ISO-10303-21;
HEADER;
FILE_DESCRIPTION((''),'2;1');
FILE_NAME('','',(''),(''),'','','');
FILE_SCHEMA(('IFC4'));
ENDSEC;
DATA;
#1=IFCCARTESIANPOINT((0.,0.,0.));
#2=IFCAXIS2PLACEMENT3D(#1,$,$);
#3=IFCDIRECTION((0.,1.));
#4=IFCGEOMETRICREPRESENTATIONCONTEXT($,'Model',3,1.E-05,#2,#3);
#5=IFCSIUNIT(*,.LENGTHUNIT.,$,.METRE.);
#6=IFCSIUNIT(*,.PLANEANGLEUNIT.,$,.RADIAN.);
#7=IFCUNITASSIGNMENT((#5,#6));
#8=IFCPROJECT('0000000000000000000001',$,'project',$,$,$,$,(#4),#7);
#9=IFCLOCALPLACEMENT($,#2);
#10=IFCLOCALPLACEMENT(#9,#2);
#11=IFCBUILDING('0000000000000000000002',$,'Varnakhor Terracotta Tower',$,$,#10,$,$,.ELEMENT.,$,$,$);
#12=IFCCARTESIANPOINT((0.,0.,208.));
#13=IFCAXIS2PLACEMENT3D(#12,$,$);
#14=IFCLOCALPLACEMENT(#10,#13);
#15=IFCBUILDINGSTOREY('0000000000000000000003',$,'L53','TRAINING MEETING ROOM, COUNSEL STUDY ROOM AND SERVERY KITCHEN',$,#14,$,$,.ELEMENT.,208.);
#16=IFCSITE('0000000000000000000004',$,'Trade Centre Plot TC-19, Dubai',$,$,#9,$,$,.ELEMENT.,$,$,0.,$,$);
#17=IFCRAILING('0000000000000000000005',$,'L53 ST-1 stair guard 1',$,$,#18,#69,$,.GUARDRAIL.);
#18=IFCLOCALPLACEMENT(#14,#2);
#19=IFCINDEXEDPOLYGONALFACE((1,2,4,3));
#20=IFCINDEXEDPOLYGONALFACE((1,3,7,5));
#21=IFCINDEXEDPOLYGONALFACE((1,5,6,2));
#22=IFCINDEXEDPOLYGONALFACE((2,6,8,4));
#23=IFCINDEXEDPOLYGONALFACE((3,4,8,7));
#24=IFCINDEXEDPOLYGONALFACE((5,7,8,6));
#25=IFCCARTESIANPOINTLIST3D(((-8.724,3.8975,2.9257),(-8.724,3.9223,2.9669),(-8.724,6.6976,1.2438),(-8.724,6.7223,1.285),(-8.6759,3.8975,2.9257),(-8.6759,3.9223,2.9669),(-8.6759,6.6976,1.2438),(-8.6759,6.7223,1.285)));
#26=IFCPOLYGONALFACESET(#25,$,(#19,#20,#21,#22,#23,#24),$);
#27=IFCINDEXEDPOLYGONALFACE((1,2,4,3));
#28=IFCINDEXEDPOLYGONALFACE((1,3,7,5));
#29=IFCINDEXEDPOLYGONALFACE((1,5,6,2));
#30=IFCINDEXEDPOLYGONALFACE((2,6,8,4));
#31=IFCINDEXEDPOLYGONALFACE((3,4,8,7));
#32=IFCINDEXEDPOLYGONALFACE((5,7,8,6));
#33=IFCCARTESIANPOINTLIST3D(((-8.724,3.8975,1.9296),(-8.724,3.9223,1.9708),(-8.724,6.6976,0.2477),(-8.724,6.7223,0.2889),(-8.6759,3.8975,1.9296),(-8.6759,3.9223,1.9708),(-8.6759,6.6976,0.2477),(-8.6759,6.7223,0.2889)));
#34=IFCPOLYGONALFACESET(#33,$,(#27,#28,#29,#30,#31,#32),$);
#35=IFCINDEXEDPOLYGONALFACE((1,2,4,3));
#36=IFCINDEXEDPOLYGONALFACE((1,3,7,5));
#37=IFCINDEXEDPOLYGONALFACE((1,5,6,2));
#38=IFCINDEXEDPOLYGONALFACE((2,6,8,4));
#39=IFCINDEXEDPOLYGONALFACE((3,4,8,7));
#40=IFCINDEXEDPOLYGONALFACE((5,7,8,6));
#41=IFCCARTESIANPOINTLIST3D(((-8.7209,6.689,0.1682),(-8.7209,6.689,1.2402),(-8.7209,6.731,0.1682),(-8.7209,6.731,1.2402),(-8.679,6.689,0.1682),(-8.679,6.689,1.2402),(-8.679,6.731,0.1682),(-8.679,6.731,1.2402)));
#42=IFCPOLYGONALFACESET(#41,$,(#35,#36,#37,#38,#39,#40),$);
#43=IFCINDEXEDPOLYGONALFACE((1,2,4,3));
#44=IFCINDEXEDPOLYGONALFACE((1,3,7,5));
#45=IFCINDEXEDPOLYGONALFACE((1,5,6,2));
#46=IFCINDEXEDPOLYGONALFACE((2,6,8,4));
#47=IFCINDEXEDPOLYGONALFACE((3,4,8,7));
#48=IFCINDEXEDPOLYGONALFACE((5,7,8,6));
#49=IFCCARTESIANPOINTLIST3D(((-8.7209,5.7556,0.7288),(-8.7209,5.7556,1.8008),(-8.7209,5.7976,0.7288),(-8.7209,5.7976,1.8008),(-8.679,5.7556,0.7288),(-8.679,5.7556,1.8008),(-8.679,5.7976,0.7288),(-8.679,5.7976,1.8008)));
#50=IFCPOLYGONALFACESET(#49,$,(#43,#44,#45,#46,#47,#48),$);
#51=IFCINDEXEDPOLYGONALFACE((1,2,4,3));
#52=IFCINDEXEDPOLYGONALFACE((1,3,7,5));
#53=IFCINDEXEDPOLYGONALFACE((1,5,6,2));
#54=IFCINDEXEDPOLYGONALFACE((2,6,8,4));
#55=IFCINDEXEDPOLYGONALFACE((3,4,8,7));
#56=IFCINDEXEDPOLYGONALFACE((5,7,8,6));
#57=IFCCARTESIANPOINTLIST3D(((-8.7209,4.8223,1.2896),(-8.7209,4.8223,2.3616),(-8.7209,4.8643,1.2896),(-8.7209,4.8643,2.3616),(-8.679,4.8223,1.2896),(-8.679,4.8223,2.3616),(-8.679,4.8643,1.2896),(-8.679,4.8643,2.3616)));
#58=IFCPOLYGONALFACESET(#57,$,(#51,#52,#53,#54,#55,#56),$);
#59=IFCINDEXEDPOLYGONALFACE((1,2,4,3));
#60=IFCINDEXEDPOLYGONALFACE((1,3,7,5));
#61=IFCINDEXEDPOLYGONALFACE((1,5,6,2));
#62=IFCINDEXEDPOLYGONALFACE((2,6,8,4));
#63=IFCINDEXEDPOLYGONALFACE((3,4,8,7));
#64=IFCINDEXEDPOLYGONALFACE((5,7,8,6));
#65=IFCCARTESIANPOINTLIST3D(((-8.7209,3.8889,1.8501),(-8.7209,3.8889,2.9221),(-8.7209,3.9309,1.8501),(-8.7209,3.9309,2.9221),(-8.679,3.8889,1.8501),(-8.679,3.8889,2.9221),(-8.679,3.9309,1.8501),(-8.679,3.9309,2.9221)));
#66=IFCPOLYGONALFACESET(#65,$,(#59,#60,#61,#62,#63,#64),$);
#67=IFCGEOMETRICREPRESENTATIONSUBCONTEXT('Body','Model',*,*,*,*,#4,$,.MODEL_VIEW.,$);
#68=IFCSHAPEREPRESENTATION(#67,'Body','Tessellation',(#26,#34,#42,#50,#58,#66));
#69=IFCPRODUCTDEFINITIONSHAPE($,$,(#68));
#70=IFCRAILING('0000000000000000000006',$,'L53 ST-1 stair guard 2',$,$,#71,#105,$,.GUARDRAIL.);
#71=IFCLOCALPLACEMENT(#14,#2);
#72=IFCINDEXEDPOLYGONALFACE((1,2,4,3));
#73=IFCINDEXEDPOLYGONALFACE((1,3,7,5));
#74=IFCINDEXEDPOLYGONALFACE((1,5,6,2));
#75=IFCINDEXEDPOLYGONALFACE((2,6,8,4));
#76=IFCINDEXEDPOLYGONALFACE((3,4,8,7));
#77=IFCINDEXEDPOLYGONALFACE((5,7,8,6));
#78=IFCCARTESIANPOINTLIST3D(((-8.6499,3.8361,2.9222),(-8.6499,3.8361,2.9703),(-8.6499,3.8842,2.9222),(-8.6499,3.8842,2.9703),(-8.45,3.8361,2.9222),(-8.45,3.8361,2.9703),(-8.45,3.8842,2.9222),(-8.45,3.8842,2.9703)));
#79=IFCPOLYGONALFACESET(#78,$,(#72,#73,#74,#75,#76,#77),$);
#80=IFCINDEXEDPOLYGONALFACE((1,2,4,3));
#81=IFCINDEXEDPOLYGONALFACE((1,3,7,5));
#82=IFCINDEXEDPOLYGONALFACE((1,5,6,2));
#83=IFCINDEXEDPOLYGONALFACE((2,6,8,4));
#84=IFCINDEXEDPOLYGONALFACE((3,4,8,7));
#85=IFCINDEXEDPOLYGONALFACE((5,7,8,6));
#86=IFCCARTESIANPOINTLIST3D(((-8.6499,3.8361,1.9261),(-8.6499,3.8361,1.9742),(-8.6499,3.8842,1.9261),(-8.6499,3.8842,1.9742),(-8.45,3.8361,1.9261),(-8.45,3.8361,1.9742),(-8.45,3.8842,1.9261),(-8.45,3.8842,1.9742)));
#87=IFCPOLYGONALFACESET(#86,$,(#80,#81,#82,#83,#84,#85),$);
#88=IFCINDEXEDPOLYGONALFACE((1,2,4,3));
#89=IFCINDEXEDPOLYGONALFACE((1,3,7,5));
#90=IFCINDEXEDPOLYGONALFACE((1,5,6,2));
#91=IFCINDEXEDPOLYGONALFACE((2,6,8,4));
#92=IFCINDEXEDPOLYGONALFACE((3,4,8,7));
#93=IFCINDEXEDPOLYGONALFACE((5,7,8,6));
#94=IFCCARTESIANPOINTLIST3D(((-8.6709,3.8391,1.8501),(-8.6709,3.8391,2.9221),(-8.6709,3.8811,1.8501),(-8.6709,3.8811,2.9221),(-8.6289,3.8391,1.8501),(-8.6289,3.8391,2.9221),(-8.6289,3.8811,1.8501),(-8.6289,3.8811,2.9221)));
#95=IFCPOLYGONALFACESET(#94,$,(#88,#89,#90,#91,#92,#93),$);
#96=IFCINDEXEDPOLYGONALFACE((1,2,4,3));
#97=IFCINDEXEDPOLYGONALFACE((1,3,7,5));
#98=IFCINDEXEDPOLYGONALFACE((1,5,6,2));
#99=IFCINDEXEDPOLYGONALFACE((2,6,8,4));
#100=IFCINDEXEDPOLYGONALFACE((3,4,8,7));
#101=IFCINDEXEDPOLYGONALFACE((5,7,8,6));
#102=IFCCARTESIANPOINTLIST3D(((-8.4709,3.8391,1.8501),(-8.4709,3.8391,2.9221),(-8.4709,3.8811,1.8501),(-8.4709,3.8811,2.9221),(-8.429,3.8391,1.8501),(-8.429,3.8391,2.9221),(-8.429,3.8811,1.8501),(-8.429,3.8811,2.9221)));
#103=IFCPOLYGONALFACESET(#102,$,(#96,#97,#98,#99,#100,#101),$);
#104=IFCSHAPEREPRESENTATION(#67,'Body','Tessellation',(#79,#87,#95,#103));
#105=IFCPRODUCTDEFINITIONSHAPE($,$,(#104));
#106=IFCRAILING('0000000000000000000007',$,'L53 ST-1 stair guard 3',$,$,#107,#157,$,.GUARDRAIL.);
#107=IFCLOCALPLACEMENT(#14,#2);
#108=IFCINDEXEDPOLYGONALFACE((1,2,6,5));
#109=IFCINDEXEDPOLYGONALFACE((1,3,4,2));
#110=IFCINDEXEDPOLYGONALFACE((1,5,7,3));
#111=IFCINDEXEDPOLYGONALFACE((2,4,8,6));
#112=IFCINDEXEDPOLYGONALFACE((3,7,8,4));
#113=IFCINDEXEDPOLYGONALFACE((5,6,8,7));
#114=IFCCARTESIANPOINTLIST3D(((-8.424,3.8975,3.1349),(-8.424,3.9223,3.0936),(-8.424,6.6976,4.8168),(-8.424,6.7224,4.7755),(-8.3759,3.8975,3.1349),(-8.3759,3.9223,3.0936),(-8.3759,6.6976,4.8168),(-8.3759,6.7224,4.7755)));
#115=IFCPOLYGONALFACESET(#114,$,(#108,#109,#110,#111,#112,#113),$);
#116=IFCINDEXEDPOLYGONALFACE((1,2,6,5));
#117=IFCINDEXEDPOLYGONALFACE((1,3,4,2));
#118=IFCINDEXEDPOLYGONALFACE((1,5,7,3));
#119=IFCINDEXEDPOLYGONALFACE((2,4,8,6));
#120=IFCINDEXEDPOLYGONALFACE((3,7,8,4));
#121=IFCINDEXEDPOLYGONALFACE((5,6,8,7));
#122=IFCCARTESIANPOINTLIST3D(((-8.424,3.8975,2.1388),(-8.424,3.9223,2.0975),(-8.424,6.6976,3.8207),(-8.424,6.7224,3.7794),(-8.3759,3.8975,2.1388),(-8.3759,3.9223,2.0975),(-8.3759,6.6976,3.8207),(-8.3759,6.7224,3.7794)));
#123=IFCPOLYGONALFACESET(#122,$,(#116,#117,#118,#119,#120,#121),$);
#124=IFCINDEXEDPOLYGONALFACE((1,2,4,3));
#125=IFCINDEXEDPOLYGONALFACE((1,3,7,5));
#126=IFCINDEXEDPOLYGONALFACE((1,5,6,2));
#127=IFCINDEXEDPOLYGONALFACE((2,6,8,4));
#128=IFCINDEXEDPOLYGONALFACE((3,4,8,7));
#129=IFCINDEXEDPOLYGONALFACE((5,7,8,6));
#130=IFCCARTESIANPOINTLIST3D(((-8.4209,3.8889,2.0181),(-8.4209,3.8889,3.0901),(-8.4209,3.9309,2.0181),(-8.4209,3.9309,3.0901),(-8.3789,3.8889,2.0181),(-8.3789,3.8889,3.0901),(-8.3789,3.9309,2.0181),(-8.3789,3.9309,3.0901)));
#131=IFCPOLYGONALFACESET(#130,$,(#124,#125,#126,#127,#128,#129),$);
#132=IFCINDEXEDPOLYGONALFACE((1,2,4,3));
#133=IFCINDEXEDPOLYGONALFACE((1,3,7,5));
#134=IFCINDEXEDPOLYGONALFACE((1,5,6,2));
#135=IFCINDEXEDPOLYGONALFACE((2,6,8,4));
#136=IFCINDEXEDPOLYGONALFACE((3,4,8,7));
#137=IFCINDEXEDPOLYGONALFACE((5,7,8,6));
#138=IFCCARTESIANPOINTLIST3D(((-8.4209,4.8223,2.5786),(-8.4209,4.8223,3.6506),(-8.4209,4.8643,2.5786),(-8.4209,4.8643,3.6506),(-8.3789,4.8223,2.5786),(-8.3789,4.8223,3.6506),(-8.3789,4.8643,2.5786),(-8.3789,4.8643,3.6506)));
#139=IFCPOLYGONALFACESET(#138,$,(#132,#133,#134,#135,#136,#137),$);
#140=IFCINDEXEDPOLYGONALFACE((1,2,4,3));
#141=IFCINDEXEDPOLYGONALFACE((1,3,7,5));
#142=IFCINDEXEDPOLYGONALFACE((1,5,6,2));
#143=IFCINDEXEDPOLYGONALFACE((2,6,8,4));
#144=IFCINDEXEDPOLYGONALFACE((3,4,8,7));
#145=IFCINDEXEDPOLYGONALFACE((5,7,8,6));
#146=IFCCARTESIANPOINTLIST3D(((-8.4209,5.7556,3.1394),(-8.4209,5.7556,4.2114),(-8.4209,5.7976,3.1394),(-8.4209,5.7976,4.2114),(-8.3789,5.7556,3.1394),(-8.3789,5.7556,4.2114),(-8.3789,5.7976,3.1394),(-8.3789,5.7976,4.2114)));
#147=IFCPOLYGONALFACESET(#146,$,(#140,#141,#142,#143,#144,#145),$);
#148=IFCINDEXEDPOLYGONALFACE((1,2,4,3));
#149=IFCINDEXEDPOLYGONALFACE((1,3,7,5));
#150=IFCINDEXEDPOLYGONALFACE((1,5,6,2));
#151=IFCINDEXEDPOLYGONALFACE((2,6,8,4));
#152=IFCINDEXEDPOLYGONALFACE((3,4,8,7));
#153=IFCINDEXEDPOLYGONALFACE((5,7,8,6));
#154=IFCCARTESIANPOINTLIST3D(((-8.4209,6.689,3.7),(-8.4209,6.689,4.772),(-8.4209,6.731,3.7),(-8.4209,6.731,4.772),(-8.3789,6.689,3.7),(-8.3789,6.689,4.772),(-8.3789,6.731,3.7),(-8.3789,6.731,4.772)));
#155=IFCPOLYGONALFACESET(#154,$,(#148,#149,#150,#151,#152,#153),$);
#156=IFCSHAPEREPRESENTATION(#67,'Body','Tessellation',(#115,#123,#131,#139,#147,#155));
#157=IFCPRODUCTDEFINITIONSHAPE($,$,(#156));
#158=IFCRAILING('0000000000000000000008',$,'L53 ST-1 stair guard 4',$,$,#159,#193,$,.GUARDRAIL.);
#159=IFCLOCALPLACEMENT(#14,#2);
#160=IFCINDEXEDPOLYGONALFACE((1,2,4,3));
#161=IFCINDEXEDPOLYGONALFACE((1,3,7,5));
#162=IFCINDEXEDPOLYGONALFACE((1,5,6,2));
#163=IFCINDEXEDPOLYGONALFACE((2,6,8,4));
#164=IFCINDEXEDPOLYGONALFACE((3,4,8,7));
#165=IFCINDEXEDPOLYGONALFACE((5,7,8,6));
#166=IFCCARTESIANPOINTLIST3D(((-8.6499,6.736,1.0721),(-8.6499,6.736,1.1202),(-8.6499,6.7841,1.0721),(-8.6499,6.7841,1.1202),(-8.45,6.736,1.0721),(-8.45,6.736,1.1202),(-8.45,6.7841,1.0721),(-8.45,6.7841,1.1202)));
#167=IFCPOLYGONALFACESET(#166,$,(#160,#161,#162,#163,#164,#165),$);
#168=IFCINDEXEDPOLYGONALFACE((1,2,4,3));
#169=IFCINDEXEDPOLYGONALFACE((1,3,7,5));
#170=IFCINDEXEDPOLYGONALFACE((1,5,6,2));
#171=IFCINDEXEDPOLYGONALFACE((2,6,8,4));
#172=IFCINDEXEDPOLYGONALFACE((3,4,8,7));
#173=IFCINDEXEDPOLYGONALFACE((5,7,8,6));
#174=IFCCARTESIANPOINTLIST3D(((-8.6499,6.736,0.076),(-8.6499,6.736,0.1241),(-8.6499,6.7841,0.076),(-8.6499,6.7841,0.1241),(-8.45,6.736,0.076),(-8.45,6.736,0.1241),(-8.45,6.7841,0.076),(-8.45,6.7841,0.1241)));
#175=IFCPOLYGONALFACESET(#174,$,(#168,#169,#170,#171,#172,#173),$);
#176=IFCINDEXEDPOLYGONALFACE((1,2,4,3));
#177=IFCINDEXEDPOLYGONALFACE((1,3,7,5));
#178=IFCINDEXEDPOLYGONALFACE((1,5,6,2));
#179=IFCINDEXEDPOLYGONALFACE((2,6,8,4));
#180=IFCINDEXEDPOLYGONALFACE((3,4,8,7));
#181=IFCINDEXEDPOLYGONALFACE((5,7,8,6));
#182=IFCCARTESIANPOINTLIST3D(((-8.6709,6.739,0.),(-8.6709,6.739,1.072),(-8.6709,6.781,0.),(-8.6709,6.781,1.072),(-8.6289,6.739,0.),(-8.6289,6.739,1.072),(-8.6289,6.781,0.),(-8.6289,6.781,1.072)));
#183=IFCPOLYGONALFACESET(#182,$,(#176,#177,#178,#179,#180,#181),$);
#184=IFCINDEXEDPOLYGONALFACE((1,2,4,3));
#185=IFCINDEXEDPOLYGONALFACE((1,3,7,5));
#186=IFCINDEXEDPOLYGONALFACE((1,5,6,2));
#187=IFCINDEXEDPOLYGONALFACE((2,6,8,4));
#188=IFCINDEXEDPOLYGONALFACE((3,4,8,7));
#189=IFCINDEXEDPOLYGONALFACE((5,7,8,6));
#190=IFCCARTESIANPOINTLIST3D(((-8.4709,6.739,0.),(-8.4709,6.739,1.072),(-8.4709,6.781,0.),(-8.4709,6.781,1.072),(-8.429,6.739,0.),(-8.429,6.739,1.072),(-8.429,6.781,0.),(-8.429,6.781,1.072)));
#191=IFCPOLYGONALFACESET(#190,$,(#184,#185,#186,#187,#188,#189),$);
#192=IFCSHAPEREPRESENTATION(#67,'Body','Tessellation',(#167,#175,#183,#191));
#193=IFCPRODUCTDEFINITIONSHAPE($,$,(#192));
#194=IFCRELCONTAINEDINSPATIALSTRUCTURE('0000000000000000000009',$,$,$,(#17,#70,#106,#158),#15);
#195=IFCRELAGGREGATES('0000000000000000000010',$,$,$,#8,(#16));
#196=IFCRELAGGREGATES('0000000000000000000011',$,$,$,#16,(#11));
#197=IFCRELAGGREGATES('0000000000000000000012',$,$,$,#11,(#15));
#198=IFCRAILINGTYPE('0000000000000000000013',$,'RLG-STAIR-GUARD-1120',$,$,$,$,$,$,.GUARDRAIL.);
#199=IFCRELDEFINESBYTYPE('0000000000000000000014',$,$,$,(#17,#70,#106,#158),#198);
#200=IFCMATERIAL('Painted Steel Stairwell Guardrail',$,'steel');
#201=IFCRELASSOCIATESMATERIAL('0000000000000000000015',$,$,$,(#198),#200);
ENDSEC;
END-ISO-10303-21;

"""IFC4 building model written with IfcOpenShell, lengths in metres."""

from ifc_helpers import new_model, si_unit, direction, frame, origin, origin_2d, place, context, subcontext, project, spatial, rectangle, extrude, material, type_object, element, save


model = new_model("IFC4")

# Units and contexts
model_context = context("Model", 3, precision=1e-05, world=origin(), true_north=direction((0.0, 1.0)))
body_context = subcontext(model_context, "Body", "Model", "MODEL_VIEW")
ifc_project = project(units=[si_unit("LENGTHUNIT", "METRE"), si_unit("PLANEANGLEUNIT", "RADIAN")], contexts=[model_context])

# Site, building, storey
site_placement = place(None, origin())
site = spatial("IfcSite", under=ifc_project, at=site_placement, Name="Trade Centre Plot TC-19, Dubai", CompositionType="ELEMENT", RefElevation=0.0)
building_placement = place(site_placement, origin())
building = spatial("IfcBuilding", under=site, at=building_placement, Name="Varnakhor Terracotta Tower", CompositionType="ELEMENT")
storey_placement = place(building_placement, frame((0.0, 0.0, 208.0)))
storey = spatial("IfcBuildingStorey", under=building, at=storey_placement, Name="L53", Description="TRAINING MEETING ROOM, COUNSEL STUDY ROOM AND SERVERY KITCHEN", CompositionType="ELEMENT", Elevation=208.0)

# Railings
ifc_material_1 = material(Name="Painted Steel Stairwell Guardrail", Category="steel")
railing_type_1 = type_object("IfcRailingType", Name="RLG-STAIR-GUARD-1120", PredefinedType="GUARDRAIL", material=ifc_material_1)
railing_1_placement = place(storey_placement, frame((-8.7, 6.71, 0.1682)))
element("IfcRailing", 1, at=railing_1_placement, inside=storey, type_object=railing_type_1, Name="L53 ST-1 stair guard 1", PredefinedType="GUARDRAIL", context=body_context, shape_type="SweptSolid", body=[
    extrude(rectangle(XDim=0.0481, YDim=0.0481, at=origin_2d()), frame((0.0, 0.0, 1.0962), z_axis=(0.0, -0.857242, 0.514913), x_axis=(1.0, 0.0, 0.0)), (0.0, 0.0, 1.0), 3.2664),
    extrude(rectangle(XDim=0.0481, YDim=0.0481, at=origin_2d()), frame((0.0, 0.0, 0.1001), z_axis=(0.0, -0.857242, 0.514913), x_axis=(1.0, 0.0, 0.0)), (0.0, 0.0, 1.0), 3.2664),
    extrude(rectangle(XDim=0.042, YDim=0.042, at=origin_2d()), origin(), (0.0, 0.0, 1.0), 1.072),
    extrude(rectangle(XDim=0.042, YDim=0.042, at=origin_2d()), frame((0.0, -0.9333, 0.5605)), (0.0, 0.0, 1.0), 1.072),
    extrude(rectangle(XDim=0.042, YDim=0.042, at=origin_2d()), frame((0.0, -1.8667, 1.1213)), (0.0, 0.0, 1.0), 1.072),
    extrude(rectangle(XDim=0.042, YDim=0.042, at=origin_2d()), frame((0.0, -2.8, 1.6819)), (0.0, 0.0, 1.0), 1.072),
])
railing_2_placement = place(storey_placement, frame((-8.6499, 3.8601, 1.8501)))
element("IfcRailing", 2, at=railing_2_placement, inside=storey, type_object=railing_type_1, Name="L53 ST-1 stair guard 2", PredefinedType="GUARDRAIL", context=body_context, shape_type="SweptSolid", body=[
    extrude(rectangle(XDim=0.0481, YDim=0.0481, at=origin_2d()), frame((0.0, 0.0, 1.0962), z_axis=(1.0, 0.0, 0.0), x_axis=(0.0, 1.0, 0.0)), (0.0, 0.0, 1.0), 0.2),
    extrude(rectangle(XDim=0.0481, YDim=0.0481, at=origin_2d()), frame((0.0, 0.0, 0.1001), z_axis=(1.0, 0.0, 0.0), x_axis=(0.0, 1.0, 0.0)), (0.0, 0.0, 1.0), 0.2),
    extrude(rectangle(XDim=0.042, YDim=0.042, at=origin_2d()), origin(), (0.0, 0.0, 1.0), 1.072),
    extrude(rectangle(XDim=0.042, YDim=0.042, at=origin_2d()), frame((0.2, 0.0, 0.0)), (0.0, 0.0, 1.0), 1.072),
])
railing_3_placement = place(storey_placement, frame((-8.3999, 3.9099, 2.0181)))
element("IfcRailing", 3, at=railing_3_placement, inside=storey, type_object=railing_type_1, Name="L53 ST-1 stair guard 3", PredefinedType="GUARDRAIL", context=body_context, shape_type="SweptSolid", body=[
    extrude(rectangle(XDim=0.0481, YDim=0.0481, at=origin_2d()), frame((0.0, 0.0, 1.0962), z_axis=(0.0, 0.857242, 0.514913), x_axis=(-1.0, 0.0, 0.0)), (0.0, 0.0, 1.0), 3.2664),
    extrude(rectangle(XDim=0.0481, YDim=0.0481, at=origin_2d()), frame((0.0, 0.0, 0.1001), z_axis=(0.0, 0.857242, 0.514913), x_axis=(-1.0, 0.0, 0.0)), (0.0, 0.0, 1.0), 3.2664),
    extrude(rectangle(XDim=0.042, YDim=0.042, at=origin_2d()), origin(), (0.0, 0.0, 1.0), 1.072),
    extrude(rectangle(XDim=0.042, YDim=0.042, at=origin_2d()), frame((0.0, 0.9333, 0.5605)), (0.0, 0.0, 1.0), 1.072),
    extrude(rectangle(XDim=0.042, YDim=0.042, at=origin_2d()), frame((0.0, 1.8667, 1.1213)), (0.0, 0.0, 1.0), 1.072),
    extrude(rectangle(XDim=0.042, YDim=0.042, at=origin_2d()), frame((0.0, 2.8, 1.6819)), (0.0, 0.0, 1.0), 1.072),
])
railing_4_placement = place(storey_placement, frame((-8.6499, 6.76, 0.0)))
element("IfcRailing", 4, at=railing_4_placement, inside=storey, type_object=railing_type_1, Name="L53 ST-1 stair guard 4", PredefinedType="GUARDRAIL", context=body_context, shape_type="SweptSolid", body=[
    extrude(rectangle(XDim=0.0481, YDim=0.0481, at=origin_2d()), frame((0.0, 0.0, 1.0962), z_axis=(1.0, 0.0, 0.0), x_axis=(0.0, 1.0, 0.0)), (0.0, 0.0, 1.0), 0.2),
    extrude(rectangle(XDim=0.0481, YDim=0.0481, at=origin_2d()), frame((0.0, 0.0, 0.1001), z_axis=(1.0, 0.0, 0.0), x_axis=(0.0, 1.0, 0.0)), (0.0, 0.0, 1.0), 0.2),
    extrude(rectangle(XDim=0.042, YDim=0.042, at=origin_2d()), origin(), (0.0, 0.0, 1.0), 1.072),
    extrude(rectangle(XDim=0.042, YDim=0.042, at=origin_2d()), frame((0.2, 0.0, 0.0)), (0.0, 0.0, 1.0), 1.072),
])

save(model, "model.ifc")
